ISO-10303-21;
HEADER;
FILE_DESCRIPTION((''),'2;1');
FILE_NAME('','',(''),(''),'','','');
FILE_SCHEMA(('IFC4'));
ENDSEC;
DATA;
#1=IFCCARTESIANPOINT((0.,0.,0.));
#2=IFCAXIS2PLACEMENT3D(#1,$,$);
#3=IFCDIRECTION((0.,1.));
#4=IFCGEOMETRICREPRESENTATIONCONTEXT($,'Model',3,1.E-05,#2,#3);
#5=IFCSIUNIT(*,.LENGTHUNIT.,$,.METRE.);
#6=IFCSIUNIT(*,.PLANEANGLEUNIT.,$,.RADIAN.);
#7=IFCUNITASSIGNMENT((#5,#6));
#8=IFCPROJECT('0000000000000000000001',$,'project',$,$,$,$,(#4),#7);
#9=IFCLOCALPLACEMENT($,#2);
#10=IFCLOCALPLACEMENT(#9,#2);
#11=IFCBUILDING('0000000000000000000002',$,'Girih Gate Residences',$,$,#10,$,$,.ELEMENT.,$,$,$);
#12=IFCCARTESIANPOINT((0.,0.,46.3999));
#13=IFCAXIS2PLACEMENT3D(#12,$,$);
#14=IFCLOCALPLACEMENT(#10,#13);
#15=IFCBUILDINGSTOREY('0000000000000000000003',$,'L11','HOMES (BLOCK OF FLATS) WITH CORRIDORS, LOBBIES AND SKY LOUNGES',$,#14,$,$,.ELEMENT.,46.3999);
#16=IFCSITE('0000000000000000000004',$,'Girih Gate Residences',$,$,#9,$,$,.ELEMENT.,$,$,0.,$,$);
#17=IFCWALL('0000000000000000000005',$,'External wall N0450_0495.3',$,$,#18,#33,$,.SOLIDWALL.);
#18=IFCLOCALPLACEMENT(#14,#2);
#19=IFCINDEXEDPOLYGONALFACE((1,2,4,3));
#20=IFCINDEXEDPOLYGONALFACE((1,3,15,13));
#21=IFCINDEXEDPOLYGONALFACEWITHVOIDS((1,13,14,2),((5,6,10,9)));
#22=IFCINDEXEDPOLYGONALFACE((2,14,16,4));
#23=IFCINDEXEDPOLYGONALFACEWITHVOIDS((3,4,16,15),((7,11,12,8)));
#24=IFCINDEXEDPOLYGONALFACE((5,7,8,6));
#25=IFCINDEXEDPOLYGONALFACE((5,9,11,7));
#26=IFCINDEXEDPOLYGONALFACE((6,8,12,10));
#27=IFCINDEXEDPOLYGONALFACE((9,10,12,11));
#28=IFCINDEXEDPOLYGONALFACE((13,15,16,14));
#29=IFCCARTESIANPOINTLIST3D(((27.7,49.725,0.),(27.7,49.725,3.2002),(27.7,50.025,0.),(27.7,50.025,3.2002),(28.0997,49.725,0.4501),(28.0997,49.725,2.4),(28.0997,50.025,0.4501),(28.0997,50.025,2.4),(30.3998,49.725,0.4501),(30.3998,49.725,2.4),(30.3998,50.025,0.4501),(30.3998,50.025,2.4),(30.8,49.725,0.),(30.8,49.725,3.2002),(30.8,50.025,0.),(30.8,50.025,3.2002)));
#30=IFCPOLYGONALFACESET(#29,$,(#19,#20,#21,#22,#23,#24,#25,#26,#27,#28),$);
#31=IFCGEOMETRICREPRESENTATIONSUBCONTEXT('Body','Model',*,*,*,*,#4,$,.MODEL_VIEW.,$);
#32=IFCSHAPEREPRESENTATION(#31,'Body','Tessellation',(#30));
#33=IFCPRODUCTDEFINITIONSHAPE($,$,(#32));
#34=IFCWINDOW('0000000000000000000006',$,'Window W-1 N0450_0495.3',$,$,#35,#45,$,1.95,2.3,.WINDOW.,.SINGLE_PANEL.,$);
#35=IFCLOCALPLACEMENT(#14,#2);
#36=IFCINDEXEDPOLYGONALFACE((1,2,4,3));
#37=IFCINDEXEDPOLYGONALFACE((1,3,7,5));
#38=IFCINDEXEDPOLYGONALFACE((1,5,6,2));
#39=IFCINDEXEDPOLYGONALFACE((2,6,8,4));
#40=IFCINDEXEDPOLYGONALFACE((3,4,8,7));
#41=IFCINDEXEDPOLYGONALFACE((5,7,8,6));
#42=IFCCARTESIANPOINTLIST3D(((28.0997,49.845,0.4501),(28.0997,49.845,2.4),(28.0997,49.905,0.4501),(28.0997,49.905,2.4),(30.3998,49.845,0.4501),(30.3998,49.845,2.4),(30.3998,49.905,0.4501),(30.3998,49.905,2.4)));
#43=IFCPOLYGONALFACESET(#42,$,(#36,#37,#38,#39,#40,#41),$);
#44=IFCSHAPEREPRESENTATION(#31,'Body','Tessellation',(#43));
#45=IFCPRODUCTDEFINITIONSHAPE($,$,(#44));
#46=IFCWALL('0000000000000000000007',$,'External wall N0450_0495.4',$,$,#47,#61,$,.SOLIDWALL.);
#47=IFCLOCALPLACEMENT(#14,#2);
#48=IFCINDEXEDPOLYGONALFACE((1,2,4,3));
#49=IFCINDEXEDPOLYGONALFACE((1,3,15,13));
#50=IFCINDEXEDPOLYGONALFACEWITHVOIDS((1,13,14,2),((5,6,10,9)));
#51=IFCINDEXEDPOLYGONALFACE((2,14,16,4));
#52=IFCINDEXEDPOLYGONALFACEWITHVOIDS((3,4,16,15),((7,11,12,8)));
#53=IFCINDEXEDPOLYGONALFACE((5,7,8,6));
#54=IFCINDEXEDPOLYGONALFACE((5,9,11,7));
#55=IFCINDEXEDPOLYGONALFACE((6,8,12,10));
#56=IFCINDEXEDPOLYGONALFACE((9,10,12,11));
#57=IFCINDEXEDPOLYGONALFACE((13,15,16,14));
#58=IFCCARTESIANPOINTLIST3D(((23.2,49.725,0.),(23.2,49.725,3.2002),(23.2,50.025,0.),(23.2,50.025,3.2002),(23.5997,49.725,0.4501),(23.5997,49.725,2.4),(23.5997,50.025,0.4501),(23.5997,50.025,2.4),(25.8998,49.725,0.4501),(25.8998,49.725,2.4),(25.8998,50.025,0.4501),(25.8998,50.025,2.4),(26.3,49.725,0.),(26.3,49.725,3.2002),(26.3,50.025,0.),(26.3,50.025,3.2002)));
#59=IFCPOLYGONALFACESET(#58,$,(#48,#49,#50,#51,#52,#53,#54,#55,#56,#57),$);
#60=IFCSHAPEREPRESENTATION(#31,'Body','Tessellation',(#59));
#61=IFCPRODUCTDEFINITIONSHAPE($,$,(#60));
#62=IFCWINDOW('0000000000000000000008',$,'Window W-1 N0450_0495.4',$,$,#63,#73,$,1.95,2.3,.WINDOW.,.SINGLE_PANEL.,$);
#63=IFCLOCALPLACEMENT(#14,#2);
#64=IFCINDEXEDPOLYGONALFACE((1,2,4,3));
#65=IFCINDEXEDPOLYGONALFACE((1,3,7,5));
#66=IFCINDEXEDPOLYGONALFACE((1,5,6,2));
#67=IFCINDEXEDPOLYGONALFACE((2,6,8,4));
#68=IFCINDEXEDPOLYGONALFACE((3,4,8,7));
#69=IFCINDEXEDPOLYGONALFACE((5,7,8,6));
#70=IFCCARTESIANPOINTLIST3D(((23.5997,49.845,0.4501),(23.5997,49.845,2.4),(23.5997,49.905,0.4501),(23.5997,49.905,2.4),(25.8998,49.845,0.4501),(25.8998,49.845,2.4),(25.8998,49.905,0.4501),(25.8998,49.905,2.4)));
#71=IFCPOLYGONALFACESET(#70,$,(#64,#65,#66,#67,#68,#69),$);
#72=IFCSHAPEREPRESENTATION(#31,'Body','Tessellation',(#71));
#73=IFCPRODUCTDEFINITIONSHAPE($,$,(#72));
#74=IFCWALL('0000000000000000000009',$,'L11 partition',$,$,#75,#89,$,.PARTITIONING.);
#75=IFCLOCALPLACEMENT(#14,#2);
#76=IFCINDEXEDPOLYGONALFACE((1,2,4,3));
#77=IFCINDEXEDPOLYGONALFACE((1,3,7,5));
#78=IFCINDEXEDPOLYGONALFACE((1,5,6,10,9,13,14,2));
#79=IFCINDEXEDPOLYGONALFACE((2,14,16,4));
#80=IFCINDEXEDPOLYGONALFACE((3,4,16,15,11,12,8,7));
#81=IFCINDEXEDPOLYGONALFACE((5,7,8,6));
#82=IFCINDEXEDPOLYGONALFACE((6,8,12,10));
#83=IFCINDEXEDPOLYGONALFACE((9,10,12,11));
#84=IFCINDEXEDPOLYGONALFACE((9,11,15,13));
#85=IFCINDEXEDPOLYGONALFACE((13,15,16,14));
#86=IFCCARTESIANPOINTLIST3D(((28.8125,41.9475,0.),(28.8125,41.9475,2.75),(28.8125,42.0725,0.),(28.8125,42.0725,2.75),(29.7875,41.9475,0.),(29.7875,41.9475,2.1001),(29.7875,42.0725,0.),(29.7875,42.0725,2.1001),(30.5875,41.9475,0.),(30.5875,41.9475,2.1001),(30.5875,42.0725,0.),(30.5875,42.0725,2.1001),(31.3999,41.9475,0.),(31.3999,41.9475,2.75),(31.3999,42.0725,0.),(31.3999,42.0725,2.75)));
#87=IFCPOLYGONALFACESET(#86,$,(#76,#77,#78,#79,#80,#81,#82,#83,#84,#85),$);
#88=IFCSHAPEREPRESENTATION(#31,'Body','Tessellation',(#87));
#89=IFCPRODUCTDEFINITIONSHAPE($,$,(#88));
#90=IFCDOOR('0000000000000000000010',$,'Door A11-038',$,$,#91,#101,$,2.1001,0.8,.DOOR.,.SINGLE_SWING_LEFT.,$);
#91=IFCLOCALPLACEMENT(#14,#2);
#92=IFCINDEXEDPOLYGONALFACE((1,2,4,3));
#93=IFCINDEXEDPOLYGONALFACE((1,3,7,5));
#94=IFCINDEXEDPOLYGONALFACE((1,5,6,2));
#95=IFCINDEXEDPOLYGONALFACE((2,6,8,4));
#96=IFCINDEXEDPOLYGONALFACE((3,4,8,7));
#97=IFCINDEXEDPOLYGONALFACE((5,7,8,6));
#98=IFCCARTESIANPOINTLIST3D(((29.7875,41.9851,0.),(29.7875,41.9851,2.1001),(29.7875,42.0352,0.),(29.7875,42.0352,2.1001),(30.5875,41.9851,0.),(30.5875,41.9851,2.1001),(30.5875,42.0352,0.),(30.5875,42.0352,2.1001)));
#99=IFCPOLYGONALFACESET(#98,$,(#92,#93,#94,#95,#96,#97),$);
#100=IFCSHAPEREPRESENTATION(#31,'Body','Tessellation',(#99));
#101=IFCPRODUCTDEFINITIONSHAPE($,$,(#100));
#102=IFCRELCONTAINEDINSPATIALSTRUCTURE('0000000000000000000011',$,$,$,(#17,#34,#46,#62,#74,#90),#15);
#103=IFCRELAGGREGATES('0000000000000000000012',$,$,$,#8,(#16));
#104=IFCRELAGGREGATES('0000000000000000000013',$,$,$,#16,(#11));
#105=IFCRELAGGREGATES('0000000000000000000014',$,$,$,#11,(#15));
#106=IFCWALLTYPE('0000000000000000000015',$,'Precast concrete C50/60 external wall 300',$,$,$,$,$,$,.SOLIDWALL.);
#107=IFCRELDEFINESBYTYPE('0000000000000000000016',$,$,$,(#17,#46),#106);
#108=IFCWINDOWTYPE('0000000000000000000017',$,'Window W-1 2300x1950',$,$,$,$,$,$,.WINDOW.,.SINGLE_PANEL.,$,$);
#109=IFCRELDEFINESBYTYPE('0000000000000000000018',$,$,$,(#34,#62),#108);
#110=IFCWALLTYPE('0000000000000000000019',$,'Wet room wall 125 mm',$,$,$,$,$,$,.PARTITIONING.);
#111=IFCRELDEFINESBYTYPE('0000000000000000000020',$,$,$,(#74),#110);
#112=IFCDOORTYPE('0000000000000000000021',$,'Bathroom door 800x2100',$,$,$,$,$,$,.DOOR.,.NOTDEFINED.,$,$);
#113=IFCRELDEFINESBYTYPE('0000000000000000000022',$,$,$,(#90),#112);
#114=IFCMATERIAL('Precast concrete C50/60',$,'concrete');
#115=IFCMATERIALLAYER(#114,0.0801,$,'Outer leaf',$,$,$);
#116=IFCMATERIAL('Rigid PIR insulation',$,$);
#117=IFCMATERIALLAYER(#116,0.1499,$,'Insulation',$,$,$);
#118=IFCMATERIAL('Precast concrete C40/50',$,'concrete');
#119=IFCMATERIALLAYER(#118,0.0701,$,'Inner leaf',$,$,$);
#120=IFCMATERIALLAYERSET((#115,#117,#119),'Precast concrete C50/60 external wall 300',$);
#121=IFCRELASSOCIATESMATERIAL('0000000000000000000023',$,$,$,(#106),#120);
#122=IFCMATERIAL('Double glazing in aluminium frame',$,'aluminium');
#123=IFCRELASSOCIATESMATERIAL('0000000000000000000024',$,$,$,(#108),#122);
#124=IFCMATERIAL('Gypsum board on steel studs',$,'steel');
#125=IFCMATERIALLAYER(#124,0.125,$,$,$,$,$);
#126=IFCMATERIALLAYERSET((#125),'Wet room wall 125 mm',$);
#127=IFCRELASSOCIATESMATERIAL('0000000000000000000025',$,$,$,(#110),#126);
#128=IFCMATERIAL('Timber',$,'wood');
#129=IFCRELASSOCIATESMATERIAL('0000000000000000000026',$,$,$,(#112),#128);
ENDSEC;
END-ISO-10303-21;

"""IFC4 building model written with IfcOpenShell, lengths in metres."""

from ifc_helpers import new_model, si_unit, direction, frame, frame_2d, origin, place, context, subcontext, project, spatial, rectangle, extrude, material, layer, layer_set, type_object, element, fill, save


model = new_model("IFC4")

# Units and contexts
model_context = context("Model", 3, precision=1e-05, world=origin(), true_north=direction((0.0, 1.0)))
body_context = subcontext(model_context, "Body", "Model", "MODEL_VIEW")
ifc_project = project(units=[si_unit("LENGTHUNIT", "METRE"), si_unit("PLANEANGLEUNIT", "RADIAN")], contexts=[model_context])

# Site, building, storey
site_placement = place(None, origin())
site = spatial("IfcSite", under=ifc_project, at=site_placement, Name="Girih Gate Residences", CompositionType="ELEMENT", RefElevation=0.0)
building_placement = place(site_placement, origin())
building = spatial("IfcBuilding", under=site, at=building_placement, Name="Girih Gate Residences", CompositionType="ELEMENT")
storey_placement = place(building_placement, frame((0.0, 0.0, 46.3999)))
storey = spatial("IfcBuildingStorey", under=building, at=storey_placement, Name="L11", Description="HOMES (BLOCK OF FLATS) WITH CORRIDORS, LOBBIES AND SKY LOUNGES", CompositionType="ELEMENT", Elevation=46.3999)

# Shared definitions
ifc_material_1 = material(Name="Gypsum board on steel studs", Category="steel")

# Shared definitions
ifc_material_2 = material(Name="Timber", Category="wood")

# Walls, openings, windows
ifc_material_3 = material(Name="Precast concrete C50/60", Category="concrete")
ifc_layer_1 = layer(ifc_material_3, 0.0801, Name="Outer leaf")
ifc_material_4 = material(Name="Rigid PIR insulation")
ifc_layer_2 = layer(ifc_material_4, 0.1499, Name="Insulation")
ifc_material_5 = material(Name="Precast concrete C40/50", Category="concrete")
ifc_layer_3 = layer(ifc_material_5, 0.0701, Name="Inner leaf")
ifc_layer_set_1 = layer_set([ifc_layer_1, ifc_layer_2, ifc_layer_3], Name="Precast concrete C50/60 external wall 300")
wall_type_1 = type_object("IfcWallType", Name="Precast concrete C50/60 external wall 300", PredefinedType="SOLIDWALL", material=ifc_layer_set_1)
wall_1_placement = place(storey_placement, frame((27.7, 49.875, 0.0), z_axis=(0.0, 0.0, 1.0), x_axis=(1.0, 0.0, 0.0)))
wall_1 = element("IfcWall", 1, at=wall_1_placement, inside=storey, type_object=wall_type_1, Name="External wall N0450_0495.3", PredefinedType="SOLIDWALL", context=body_context, shape_type="SweptSolid", body=[
    extrude(rectangle(XDim=3.1001, YDim=0.3, at=frame_2d((1.55, 0.0))), origin(), (0.0, 0.0, 1.0), 3.2002),
])
opening_1_placement = place(wall_1_placement, frame((0.3999, 0.0, 0.45)))
opening_1 = element("IfcOpeningElement", 2, at=opening_1_placement, cuts=wall_1, PredefinedType="OPENING", context=body_context, shape_type="SweptSolid", body=[
    extrude(rectangle(XDim=2.3, YDim=1.95, at=frame_2d((1.1499, 0.9751))), frame((0.0, 0.1599, 0.0), z_axis=(0.0, -1.0, 0.0), x_axis=(1.0, 0.0, 0.0)), (0.0, 0.0, 1.0), 0.3201),
])
ifc_material_6 = material(Name="Double glazing in aluminium frame", Category="aluminium")
window_type = type_object("IfcWindowType", Name="Window W-1 2300x1950", PartitioningType="SINGLE_PANEL", PredefinedType="WINDOW", material=ifc_material_6)
window_1_placement = place(opening_1_placement, origin())
window_1 = element("IfcWindow", 3, at=window_1_placement, inside=storey, type_object=window_type, Name="Window W-1 N0450_0495.3", OverallHeight=1.95, OverallWidth=2.3, PartitioningType="SINGLE_PANEL", PredefinedType="WINDOW", context=body_context, shape_type="SweptSolid", body=[
    extrude(rectangle(XDim=2.3, YDim=1.95, at=frame_2d((1.1499, 0.9751))), frame((0.0, 0.03, 0.0), z_axis=(0.0, -1.0, 0.0), x_axis=(1.0, 0.0, 0.0)), (0.0, 0.0, 1.0), 0.0601),
])
fill(opening_1, window_1)
wall_2_placement = place(storey_placement, frame((23.2, 49.875, 0.0), z_axis=(0.0, 0.0, 1.0), x_axis=(1.0, 0.0, 0.0)))
wall_2 = element("IfcWall", 4, at=wall_2_placement, inside=storey, type_object=wall_type_1, Name="External wall N0450_0495.4", PredefinedType="SOLIDWALL", context=body_context, shape_type="SweptSolid", body=[
    extrude(rectangle(XDim=3.1001, YDim=0.3, at=frame_2d((1.55, 0.0))), origin(), (0.0, 0.0, 1.0), 3.2002),
])
opening_2_placement = place(wall_2_placement, frame((0.3999, 0.0, 0.45)))
opening_2 = element("IfcOpeningElement", 5, at=opening_2_placement, cuts=wall_2, PredefinedType="OPENING", context=body_context, shape_type="SweptSolid", body=[
    extrude(rectangle(XDim=2.3, YDim=1.95, at=frame_2d((1.1499, 0.9751))), frame((0.0, 0.1599, 0.0), z_axis=(0.0, -1.0, 0.0), x_axis=(1.0, 0.0, 0.0)), (0.0, 0.0, 1.0), 0.3201),
])
window_2_placement = place(opening_2_placement, origin())
window_2 = element("IfcWindow", 6, at=window_2_placement, inside=storey, type_object=window_type, Name="Window W-1 N0450_0495.4", OverallHeight=1.95, OverallWidth=2.3, PartitioningType="SINGLE_PANEL", PredefinedType="WINDOW", context=body_context, shape_type="SweptSolid", body=[
    extrude(rectangle(XDim=2.3, YDim=1.95, at=frame_2d((1.1499, 0.9751))), frame((0.0, 0.03, 0.0), z_axis=(0.0, -1.0, 0.0), x_axis=(1.0, 0.0, 0.0)), (0.0, 0.0, 1.0), 0.0601),
])
fill(opening_2, window_2)

# Wall, opening, door
ifc_layer_4 = layer(ifc_material_1, 0.125)
ifc_layer_set_2 = layer_set([ifc_layer_4], Name="Wet room wall 125 mm")
wall_type_2 = type_object("IfcWallType", Name="Wet room wall 125 mm", PredefinedType="PARTITIONING", material=ifc_layer_set_2)
wall_3_placement = place(storey_placement, frame((31.3999, 42.01, 0.0), z_axis=(0.0, 0.0, 1.0), x_axis=(-1.0, 0.0, 0.0)))
wall_3 = element("IfcWall", 7, at=wall_3_placement, inside=storey, type_object=wall_type_2, Name="L11 partition", PredefinedType="PARTITIONING", context=body_context, shape_type="SweptSolid", body=[
    extrude(rectangle(XDim=2.5874, YDim=0.125, at=frame_2d((1.2937, 0.0))), origin(), (0.0, 0.0, 1.0), 2.75),
])
opening_3_placement = place(wall_3_placement, frame((0.8125, 0.0, 0.0)))
opening_3 = element("IfcOpeningElement", 8, at=opening_3_placement, cuts=wall_3, PredefinedType="OPENING", context=body_context, shape_type="SweptSolid", body=[
    extrude(rectangle(XDim=0.8, YDim=2.1001, at=frame_2d((0.3999, 1.05))), frame((0.0, 0.0725, 0.0), z_axis=(0.0, -1.0, 0.0), x_axis=(1.0, 0.0, 0.0)), (0.0, 0.0, 1.0), 0.145),
])
door_type_1 = type_object("IfcDoorType", Name="Bathroom door 800x2100", OperationType="NOTDEFINED", PredefinedType="DOOR", material=ifc_material_2)
door_1_placement = place(opening_3_placement, origin())
door_1 = element("IfcDoor", 9, at=door_1_placement, inside=storey, type_object=door_type_1, Name="Door A11-038", OperationType="SINGLE_SWING_LEFT", OverallHeight=2.1001, OverallWidth=0.8, PredefinedType="DOOR", context=body_context, shape_type="SweptSolid", body=[
    extrude(rectangle(XDim=0.8, YDim=2.1001, at=frame_2d((0.3999, 1.05))), frame((0.0, 0.0249, 0.0), z_axis=(0.0, -1.0, 0.0), x_axis=(1.0, 0.0, 0.0)), (0.0, 0.0, 1.0), 0.05),
])
fill(opening_3, door_1)

save(model, "model.ifc")
